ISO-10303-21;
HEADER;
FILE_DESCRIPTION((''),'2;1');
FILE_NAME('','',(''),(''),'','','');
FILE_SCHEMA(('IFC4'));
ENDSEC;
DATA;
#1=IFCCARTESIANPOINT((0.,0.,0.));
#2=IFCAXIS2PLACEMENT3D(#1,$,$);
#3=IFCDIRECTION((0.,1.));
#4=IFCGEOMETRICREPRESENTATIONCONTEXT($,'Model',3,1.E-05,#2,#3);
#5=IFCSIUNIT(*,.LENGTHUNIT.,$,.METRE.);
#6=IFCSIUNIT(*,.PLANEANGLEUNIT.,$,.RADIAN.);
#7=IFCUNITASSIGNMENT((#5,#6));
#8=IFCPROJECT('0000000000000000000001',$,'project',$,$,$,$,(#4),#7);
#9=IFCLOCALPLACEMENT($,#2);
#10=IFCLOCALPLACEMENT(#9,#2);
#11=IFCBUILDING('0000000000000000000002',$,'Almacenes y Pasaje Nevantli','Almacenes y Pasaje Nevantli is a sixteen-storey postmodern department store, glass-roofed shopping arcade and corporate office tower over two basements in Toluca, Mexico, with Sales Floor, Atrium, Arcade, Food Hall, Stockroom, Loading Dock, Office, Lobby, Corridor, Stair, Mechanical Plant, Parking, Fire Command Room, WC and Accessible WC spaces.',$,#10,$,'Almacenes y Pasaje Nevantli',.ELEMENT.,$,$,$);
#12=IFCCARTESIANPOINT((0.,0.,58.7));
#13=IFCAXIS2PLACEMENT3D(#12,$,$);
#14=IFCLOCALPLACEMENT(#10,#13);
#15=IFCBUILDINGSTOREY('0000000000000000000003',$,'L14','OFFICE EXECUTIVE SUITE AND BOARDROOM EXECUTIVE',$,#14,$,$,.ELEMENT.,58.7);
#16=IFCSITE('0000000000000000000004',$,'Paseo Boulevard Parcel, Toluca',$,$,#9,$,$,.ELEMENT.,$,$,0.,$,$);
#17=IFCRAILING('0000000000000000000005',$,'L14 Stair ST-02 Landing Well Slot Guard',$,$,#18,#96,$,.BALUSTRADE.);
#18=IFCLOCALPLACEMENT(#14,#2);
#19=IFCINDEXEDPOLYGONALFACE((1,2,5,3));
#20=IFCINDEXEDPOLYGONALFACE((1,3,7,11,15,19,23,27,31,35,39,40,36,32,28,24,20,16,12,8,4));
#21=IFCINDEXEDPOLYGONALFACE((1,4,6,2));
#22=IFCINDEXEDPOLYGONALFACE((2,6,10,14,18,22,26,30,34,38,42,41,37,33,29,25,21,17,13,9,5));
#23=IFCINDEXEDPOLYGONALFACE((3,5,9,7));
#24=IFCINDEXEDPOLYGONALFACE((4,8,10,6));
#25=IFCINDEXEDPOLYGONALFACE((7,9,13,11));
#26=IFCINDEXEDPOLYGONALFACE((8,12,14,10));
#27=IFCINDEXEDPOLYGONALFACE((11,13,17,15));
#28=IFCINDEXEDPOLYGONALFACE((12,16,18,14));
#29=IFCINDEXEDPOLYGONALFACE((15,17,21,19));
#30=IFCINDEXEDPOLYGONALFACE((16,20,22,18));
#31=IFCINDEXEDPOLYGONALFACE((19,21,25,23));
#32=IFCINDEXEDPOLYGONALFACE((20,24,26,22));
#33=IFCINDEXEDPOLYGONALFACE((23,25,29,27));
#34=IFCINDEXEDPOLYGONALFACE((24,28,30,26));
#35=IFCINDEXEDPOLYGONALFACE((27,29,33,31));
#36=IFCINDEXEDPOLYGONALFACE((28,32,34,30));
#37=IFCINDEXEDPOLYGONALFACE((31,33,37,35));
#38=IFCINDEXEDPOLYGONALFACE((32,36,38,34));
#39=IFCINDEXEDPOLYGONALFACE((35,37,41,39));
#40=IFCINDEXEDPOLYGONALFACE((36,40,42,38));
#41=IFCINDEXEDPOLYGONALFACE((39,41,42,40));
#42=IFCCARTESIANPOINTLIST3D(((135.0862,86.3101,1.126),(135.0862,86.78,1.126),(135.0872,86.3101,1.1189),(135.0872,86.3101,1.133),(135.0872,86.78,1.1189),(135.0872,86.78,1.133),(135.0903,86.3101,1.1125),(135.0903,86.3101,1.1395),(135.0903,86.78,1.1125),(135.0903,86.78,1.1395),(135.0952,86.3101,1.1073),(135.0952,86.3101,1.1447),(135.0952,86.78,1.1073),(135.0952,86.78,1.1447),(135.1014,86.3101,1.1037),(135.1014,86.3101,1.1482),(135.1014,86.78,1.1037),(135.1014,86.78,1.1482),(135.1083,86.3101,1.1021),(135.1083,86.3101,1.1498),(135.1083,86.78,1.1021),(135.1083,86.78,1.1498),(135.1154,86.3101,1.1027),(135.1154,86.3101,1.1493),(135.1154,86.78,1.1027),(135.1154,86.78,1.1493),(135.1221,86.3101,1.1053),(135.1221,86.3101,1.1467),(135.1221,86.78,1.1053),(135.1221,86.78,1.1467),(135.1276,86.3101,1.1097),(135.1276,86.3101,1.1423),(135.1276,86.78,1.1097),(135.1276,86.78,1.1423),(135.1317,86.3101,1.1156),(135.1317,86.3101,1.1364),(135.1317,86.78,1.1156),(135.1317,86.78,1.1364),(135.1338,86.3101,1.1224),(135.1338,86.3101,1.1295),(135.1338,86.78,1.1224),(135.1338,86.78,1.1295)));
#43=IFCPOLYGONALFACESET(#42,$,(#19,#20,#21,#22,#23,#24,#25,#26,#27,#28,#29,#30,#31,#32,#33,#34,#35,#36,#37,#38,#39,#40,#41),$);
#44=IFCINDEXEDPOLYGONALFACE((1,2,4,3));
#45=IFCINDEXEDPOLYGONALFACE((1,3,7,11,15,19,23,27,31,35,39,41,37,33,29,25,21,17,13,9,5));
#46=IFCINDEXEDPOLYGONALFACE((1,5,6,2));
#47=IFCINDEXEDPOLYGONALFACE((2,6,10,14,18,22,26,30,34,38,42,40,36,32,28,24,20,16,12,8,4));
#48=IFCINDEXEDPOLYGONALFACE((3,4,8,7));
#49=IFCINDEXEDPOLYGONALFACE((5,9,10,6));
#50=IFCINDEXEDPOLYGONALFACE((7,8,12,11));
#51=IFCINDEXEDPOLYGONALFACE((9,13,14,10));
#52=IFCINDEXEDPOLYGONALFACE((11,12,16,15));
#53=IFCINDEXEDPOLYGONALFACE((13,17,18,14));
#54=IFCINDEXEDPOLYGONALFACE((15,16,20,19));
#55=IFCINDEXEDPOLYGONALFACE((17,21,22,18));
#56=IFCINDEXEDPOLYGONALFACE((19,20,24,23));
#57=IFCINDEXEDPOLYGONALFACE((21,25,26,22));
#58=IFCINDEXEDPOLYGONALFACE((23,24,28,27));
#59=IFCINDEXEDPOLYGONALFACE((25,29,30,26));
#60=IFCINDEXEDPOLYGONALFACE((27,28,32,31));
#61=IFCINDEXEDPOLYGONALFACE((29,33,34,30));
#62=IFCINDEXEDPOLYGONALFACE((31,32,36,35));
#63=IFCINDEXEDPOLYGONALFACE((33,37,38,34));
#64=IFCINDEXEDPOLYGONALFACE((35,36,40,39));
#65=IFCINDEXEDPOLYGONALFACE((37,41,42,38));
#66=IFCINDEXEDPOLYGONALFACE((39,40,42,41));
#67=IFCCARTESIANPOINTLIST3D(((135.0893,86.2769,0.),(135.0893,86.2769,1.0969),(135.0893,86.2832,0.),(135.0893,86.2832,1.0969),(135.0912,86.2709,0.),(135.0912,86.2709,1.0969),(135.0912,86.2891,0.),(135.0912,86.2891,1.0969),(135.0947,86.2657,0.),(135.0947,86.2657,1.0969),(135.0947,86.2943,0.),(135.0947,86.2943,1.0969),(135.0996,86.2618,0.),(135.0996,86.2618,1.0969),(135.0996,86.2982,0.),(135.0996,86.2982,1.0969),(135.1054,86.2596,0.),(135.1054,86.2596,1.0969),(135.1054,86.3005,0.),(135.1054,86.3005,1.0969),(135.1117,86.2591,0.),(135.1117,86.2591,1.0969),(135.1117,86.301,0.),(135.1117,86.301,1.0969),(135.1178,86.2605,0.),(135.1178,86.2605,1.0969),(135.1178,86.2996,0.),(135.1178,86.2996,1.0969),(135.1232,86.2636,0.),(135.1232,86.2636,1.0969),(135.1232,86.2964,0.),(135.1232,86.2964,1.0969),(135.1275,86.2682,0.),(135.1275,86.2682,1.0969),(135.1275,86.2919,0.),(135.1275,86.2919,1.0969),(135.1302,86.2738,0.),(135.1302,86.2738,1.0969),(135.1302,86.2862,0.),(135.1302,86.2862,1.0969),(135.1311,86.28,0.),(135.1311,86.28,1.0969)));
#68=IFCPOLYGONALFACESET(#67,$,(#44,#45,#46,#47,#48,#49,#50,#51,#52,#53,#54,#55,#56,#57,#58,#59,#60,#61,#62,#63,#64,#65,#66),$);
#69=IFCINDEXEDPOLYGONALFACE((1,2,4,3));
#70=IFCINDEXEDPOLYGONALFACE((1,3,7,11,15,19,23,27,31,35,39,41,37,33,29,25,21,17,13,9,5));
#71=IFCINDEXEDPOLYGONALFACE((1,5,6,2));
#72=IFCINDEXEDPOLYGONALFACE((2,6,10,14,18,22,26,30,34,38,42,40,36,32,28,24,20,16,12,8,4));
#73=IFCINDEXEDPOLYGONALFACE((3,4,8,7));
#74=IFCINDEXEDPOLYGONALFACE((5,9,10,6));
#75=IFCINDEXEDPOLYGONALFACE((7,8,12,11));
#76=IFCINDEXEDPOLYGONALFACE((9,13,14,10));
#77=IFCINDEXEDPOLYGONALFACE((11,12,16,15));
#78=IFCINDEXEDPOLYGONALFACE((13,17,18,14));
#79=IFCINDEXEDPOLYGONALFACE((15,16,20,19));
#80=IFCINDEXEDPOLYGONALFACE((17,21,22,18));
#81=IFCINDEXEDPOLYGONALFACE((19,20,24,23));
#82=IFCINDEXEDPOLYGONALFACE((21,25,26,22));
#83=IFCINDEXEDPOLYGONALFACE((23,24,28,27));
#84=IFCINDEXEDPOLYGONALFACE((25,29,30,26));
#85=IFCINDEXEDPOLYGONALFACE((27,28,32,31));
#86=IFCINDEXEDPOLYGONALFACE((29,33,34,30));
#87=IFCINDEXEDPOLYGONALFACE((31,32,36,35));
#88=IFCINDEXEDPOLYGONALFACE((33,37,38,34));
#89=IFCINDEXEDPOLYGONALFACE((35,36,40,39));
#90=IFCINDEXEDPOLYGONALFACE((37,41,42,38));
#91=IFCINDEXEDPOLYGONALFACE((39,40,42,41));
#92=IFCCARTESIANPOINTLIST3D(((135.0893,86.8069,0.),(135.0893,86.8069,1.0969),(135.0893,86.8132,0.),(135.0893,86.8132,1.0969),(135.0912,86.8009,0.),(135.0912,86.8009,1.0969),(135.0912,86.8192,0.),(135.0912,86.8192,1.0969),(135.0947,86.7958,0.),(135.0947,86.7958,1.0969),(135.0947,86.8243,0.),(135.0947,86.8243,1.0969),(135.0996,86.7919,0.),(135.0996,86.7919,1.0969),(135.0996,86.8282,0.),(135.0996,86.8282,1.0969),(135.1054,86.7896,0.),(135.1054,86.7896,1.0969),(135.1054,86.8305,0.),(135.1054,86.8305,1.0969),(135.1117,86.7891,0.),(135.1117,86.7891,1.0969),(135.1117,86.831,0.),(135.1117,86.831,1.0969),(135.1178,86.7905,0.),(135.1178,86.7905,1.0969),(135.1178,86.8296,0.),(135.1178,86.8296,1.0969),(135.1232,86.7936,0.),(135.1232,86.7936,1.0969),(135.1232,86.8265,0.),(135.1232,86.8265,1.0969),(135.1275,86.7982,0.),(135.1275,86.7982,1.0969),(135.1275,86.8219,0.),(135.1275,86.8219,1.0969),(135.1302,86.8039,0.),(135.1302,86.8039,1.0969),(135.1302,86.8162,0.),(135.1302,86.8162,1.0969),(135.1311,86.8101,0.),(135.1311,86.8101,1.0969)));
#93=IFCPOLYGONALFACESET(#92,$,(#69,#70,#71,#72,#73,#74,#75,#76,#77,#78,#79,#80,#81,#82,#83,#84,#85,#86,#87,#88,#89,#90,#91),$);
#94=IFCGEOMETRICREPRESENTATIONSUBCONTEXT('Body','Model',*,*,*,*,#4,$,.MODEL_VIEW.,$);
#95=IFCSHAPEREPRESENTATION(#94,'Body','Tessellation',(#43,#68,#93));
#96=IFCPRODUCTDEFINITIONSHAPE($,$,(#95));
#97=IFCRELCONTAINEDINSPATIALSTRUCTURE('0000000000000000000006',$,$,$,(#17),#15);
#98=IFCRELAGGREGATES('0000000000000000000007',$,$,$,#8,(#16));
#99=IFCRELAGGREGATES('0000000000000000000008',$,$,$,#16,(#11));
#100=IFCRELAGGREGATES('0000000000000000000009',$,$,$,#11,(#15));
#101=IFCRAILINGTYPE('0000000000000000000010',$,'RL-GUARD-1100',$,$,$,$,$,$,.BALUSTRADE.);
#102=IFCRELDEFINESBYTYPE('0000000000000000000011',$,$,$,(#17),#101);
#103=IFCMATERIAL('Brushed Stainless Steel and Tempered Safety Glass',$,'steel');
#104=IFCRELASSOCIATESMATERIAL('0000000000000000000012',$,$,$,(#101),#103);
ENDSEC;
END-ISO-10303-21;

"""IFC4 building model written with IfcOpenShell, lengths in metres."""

from ifc_helpers import new_model, si_unit, direction, frame, origin, origin_2d, place, context, subcontext, project, spatial, circle, extrude, material, type_object, element, save


model = new_model("IFC4")

# Units and contexts
model_context = context("Model", 3, precision=1e-05, world=origin(), true_north=direction((0.0, 1.0)))
body_context = subcontext(model_context, "Body", "Model", "MODEL_VIEW")
ifc_project = project(units=[si_unit("LENGTHUNIT", "METRE"), si_unit("PLANEANGLEUNIT", "RADIAN")], contexts=[model_context])

# Site, building, storey
site_placement = place(None, origin())
site = spatial("IfcSite", under=ifc_project, at=site_placement, Name="Paseo Boulevard Parcel, Toluca", CompositionType="ELEMENT", RefElevation=0.0)
building_placement = place(site_placement, origin())
building = spatial("IfcBuilding", under=site, at=building_placement, Name="Almacenes y Pasaje Nevantli", Description="Almacenes y Pasaje Nevantli is a sixteen-storey postmodern department store, glass-roofed shopping arcade and corporate office tower over two basements in Toluca, Mexico, with Sales Floor, Atrium, Arcade, Food Hall, Stockroom, Loading Dock, Office, Lobby, Corridor, Stair, Mechanical Plant, Parking, Fire Command Room, WC and Accessible WC spaces.", LongName="Almacenes y Pasaje Nevantli", CompositionType="ELEMENT")
storey_placement = place(building_placement, frame((0.0, 0.0, 58.7)))
storey = spatial("IfcBuildingStorey", under=building, at=storey_placement, Name="L14", Description="OFFICE EXECUTIVE SUITE AND BOARDROOM EXECUTIVE", CompositionType="ELEMENT", Elevation=58.7)

# Railing
ifc_material_1 = material(Name="Brushed Stainless Steel and Tempered Safety Glass", Category="steel")
railing_type_1 = type_object("IfcRailingType", Name="RL-GUARD-1100", PredefinedType="BALUSTRADE", material=ifc_material_1)
railing_1_placement = place(storey_placement, frame((135.1101, 86.28, 0.0)))
element("IfcRailing", 1, at=railing_1_placement, inside=storey, type_object=railing_type_1, Name="L14 Stair ST-02 Landing Well Slot Guard", PredefinedType="BALUSTRADE", context=body_context, shape_type="SweptSolid", body=[
    extrude(circle(Radius=0.0239, at=origin_2d()), frame((0.0, 0.03, 1.126), z_axis=(0.0, 1.0, 0.0), x_axis=(-1.0, 0.0, 0.0)), (0.0, 0.0, 1.0), 0.47),
    extrude(circle(Radius=0.021, at=origin_2d()), origin(), (0.0, 0.0, 1.0), 1.0969),
    extrude(circle(Radius=0.021, at=origin_2d()), frame((0.0, 0.53, 0.0)), (0.0, 0.0, 1.0), 1.0969),
])

save(model, "model.ifc")
